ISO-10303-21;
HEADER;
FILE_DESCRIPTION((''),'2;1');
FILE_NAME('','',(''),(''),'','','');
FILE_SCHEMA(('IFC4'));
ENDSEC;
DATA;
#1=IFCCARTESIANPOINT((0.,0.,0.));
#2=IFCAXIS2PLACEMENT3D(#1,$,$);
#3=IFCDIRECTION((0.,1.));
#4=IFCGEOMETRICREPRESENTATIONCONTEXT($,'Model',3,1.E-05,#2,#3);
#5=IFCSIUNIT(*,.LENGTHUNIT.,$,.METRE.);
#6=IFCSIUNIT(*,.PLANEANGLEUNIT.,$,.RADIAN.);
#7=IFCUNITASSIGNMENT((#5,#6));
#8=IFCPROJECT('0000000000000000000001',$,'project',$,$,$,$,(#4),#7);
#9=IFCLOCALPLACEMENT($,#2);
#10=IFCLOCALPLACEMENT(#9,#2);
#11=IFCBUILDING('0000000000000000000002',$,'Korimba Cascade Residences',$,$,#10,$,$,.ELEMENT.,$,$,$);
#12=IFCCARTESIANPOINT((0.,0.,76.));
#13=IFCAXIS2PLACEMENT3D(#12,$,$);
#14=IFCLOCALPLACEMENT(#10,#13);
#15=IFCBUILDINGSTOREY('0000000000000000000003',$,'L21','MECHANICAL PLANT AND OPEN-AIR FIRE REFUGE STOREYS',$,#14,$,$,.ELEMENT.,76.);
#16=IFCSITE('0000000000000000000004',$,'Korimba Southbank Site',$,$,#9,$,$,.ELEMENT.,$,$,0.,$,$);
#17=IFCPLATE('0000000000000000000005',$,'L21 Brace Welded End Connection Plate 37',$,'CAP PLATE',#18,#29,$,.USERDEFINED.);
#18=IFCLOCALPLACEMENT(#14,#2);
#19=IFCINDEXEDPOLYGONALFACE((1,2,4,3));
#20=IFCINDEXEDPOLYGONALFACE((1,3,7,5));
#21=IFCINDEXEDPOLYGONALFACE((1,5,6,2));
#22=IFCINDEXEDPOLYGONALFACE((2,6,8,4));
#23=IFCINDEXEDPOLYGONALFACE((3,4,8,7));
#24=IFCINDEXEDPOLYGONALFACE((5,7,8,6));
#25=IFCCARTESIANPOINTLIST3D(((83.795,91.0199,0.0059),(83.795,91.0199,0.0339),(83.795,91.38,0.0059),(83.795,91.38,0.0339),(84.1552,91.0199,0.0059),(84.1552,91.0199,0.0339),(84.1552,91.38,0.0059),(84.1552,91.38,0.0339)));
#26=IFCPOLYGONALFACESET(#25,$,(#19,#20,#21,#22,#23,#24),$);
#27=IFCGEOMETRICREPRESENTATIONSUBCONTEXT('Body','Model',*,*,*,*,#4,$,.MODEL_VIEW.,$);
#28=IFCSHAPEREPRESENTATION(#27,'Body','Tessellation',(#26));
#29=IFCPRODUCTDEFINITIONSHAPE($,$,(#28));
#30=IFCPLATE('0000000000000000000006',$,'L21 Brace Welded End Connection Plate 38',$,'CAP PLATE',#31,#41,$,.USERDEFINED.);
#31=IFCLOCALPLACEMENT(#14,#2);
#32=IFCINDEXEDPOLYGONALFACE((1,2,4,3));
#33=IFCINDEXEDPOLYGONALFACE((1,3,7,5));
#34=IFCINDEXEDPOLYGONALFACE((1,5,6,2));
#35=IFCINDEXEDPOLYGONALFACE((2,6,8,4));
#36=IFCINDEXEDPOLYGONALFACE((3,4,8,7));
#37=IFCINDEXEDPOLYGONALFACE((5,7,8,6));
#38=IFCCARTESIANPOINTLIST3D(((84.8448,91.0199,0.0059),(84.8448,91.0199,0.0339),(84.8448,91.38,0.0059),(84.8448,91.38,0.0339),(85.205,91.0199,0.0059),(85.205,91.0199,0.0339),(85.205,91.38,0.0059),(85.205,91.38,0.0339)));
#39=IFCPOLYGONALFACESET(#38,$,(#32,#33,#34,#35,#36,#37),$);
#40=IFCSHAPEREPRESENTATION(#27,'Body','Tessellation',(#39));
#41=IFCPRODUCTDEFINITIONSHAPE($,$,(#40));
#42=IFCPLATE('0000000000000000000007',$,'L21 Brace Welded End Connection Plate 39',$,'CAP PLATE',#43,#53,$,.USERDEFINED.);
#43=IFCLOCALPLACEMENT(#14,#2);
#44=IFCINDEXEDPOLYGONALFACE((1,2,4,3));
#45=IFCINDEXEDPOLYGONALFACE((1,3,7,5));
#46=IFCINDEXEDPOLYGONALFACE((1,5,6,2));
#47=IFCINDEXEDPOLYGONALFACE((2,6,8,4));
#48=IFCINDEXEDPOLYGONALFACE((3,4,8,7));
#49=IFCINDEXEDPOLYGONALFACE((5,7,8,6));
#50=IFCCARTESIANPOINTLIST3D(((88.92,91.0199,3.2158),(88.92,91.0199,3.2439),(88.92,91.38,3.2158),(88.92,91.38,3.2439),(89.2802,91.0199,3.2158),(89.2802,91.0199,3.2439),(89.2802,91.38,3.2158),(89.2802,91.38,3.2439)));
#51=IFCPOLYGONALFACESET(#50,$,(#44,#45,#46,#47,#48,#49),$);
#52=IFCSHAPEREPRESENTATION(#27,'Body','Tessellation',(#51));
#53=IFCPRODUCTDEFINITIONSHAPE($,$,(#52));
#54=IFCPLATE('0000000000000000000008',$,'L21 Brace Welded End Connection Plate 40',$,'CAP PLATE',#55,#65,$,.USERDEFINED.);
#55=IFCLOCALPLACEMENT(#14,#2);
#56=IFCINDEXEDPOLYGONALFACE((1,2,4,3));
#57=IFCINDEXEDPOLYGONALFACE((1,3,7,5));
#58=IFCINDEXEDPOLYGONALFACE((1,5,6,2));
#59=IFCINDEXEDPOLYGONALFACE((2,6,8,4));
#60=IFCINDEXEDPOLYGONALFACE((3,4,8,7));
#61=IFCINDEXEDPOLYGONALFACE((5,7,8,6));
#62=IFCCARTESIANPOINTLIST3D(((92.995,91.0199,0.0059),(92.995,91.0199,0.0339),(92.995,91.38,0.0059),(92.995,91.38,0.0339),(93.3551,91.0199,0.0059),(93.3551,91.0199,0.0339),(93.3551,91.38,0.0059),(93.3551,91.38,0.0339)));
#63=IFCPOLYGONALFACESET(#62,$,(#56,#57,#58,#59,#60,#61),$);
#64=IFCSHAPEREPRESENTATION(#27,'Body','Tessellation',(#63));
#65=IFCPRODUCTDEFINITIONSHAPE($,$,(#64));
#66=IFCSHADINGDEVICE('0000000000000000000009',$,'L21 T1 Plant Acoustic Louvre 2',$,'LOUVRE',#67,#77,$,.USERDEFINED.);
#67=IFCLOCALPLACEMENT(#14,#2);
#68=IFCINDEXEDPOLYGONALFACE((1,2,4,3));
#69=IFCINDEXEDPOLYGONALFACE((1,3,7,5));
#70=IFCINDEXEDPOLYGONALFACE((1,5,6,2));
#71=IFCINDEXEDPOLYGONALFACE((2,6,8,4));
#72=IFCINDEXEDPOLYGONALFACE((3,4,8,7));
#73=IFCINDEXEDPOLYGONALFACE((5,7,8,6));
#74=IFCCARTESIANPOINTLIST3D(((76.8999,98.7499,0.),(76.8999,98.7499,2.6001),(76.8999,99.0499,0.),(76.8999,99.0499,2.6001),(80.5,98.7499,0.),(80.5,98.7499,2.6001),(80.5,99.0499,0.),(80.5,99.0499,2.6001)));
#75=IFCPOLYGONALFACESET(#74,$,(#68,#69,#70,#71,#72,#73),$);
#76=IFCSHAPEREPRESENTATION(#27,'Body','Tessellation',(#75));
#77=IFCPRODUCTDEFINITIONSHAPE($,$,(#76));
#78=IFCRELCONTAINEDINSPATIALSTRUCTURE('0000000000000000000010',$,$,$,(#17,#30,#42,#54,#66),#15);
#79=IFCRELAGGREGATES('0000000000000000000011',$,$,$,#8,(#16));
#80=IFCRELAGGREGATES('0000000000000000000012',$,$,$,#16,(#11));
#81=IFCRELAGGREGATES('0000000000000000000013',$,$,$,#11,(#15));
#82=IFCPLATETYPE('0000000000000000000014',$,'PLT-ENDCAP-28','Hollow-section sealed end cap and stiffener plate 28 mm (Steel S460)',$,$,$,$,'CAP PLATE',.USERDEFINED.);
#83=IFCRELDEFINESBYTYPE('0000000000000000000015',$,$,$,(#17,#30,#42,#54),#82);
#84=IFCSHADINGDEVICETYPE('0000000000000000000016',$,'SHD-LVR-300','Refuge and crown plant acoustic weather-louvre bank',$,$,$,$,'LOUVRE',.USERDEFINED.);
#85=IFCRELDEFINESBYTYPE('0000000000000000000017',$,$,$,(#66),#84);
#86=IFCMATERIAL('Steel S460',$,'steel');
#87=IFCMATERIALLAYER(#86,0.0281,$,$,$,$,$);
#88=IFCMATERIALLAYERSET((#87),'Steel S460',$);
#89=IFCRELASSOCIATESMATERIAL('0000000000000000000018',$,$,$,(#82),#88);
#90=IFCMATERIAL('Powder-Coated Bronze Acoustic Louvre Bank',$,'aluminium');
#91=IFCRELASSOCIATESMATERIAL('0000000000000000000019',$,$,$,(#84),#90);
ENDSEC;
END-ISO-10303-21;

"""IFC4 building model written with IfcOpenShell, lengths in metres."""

from ifc_helpers import new_model, si_unit, direction, frame, origin, origin_2d, place, context, subcontext, project, spatial, rectangle, extrude, material, layer, layer_set, type_object, element, save


model = new_model("IFC4")

# Units and contexts
model_context = context("Model", 3, precision=1e-05, world=origin(), true_north=direction((0.0, 1.0)))
body_context = subcontext(model_context, "Body", "Model", "MODEL_VIEW")
ifc_project = project(units=[si_unit("LENGTHUNIT", "METRE"), si_unit("PLANEANGLEUNIT", "RADIAN")], contexts=[model_context])

# Site, building, storey
site_placement = place(None, origin())
site = spatial("IfcSite", under=ifc_project, at=site_placement, Name="Korimba Southbank Site", CompositionType="ELEMENT", RefElevation=0.0)
building_placement = place(site_placement, origin())
building = spatial("IfcBuilding", under=site, at=building_placement, Name="Korimba Cascade Residences", CompositionType="ELEMENT")
storey_placement = place(building_placement, frame((0.0, 0.0, 76.0)))
storey = spatial("IfcBuildingStorey", under=building, at=storey_placement, Name="L21", Description="MECHANICAL PLANT AND OPEN-AIR FIRE REFUGE STOREYS", CompositionType="ELEMENT", Elevation=76.0)

# Shared definitions
ifc_material_1 = material(Name="Steel S460", Category="steel")

# Plates
ifc_layer = layer(ifc_material_1, 0.0281)
ifc_layer_set = layer_set([ifc_layer], Name="Steel S460")
plate_type = type_object("IfcPlateType", Name="PLT-ENDCAP-28", Description="Hollow-section sealed end cap and stiffener plate 28 mm (Steel S460)", ElementType="CAP PLATE", PredefinedType="USERDEFINED", material=ifc_layer_set)
for number, where, z_axis, x_axis, name in (
    (1, (83.9751, 91.2, 0.0059), (0.0, 0.0, 1.0), (1.0, 0.0, 0.0), "L21 Brace Welded End Connection Plate 37"),
    (2, (85.0249, 91.2, 0.0059), (0.0, 0.0, 1.0), (1.0, 0.0, 0.0), "L21 Brace Welded End Connection Plate 38"),
    (3, (89.1001, 91.2, 3.2158), (0.0, 0.0, 1.0), (1.0, 0.0, 0.0), "L21 Brace Welded End Connection Plate 39"),
    (4, (93.175, 91.2, 0.0059), (0.0, 0.0, 1.0), (1.0, 0.0, 0.0), "L21 Brace Welded End Connection Plate 40"),
):
    element("IfcPlate", number, at=place(storey_placement, frame(where, z_axis=z_axis, x_axis=x_axis)), inside=storey, type_object=plate_type, Name=name, ObjectType="CAP PLATE", PredefinedType="USERDEFINED", context=body_context, shape_type="SweptSolid", body=[
        extrude(rectangle(XDim=0.3601, YDim=0.3601, at=origin_2d()), origin(), (0.0, 0.0, 1.0), 0.0281),
    ])

# Shading device
ifc_material_2 = material(Name="Powder-Coated Bronze Acoustic Louvre Bank", Category="aluminium")
shading_device_type = type_object("IfcShadingDeviceType", Name="SHD-LVR-300", Description="Refuge and crown plant acoustic weather-louvre bank", ElementType="LOUVRE", PredefinedType="USERDEFINED", material=ifc_material_2)
shading_device_placement = place(storey_placement, frame((78.7, 98.8999, 0.0), z_axis=(0.0, 0.0, 1.0), x_axis=(1.0, 0.0, 0.0)))
element("IfcShadingDevice", 5, at=shading_device_placement, inside=storey, type_object=shading_device_type, Name="L21 T1 Plant Acoustic Louvre 2", ObjectType="LOUVRE", PredefinedType="USERDEFINED", context=body_context, shape_type="SweptSolid", body=[
    extrude(rectangle(XDim=3.6001, YDim=0.3, at=origin_2d()), origin(), (0.0, 0.0, 1.0), 2.6001),
])

save(model, "model.ifc")
